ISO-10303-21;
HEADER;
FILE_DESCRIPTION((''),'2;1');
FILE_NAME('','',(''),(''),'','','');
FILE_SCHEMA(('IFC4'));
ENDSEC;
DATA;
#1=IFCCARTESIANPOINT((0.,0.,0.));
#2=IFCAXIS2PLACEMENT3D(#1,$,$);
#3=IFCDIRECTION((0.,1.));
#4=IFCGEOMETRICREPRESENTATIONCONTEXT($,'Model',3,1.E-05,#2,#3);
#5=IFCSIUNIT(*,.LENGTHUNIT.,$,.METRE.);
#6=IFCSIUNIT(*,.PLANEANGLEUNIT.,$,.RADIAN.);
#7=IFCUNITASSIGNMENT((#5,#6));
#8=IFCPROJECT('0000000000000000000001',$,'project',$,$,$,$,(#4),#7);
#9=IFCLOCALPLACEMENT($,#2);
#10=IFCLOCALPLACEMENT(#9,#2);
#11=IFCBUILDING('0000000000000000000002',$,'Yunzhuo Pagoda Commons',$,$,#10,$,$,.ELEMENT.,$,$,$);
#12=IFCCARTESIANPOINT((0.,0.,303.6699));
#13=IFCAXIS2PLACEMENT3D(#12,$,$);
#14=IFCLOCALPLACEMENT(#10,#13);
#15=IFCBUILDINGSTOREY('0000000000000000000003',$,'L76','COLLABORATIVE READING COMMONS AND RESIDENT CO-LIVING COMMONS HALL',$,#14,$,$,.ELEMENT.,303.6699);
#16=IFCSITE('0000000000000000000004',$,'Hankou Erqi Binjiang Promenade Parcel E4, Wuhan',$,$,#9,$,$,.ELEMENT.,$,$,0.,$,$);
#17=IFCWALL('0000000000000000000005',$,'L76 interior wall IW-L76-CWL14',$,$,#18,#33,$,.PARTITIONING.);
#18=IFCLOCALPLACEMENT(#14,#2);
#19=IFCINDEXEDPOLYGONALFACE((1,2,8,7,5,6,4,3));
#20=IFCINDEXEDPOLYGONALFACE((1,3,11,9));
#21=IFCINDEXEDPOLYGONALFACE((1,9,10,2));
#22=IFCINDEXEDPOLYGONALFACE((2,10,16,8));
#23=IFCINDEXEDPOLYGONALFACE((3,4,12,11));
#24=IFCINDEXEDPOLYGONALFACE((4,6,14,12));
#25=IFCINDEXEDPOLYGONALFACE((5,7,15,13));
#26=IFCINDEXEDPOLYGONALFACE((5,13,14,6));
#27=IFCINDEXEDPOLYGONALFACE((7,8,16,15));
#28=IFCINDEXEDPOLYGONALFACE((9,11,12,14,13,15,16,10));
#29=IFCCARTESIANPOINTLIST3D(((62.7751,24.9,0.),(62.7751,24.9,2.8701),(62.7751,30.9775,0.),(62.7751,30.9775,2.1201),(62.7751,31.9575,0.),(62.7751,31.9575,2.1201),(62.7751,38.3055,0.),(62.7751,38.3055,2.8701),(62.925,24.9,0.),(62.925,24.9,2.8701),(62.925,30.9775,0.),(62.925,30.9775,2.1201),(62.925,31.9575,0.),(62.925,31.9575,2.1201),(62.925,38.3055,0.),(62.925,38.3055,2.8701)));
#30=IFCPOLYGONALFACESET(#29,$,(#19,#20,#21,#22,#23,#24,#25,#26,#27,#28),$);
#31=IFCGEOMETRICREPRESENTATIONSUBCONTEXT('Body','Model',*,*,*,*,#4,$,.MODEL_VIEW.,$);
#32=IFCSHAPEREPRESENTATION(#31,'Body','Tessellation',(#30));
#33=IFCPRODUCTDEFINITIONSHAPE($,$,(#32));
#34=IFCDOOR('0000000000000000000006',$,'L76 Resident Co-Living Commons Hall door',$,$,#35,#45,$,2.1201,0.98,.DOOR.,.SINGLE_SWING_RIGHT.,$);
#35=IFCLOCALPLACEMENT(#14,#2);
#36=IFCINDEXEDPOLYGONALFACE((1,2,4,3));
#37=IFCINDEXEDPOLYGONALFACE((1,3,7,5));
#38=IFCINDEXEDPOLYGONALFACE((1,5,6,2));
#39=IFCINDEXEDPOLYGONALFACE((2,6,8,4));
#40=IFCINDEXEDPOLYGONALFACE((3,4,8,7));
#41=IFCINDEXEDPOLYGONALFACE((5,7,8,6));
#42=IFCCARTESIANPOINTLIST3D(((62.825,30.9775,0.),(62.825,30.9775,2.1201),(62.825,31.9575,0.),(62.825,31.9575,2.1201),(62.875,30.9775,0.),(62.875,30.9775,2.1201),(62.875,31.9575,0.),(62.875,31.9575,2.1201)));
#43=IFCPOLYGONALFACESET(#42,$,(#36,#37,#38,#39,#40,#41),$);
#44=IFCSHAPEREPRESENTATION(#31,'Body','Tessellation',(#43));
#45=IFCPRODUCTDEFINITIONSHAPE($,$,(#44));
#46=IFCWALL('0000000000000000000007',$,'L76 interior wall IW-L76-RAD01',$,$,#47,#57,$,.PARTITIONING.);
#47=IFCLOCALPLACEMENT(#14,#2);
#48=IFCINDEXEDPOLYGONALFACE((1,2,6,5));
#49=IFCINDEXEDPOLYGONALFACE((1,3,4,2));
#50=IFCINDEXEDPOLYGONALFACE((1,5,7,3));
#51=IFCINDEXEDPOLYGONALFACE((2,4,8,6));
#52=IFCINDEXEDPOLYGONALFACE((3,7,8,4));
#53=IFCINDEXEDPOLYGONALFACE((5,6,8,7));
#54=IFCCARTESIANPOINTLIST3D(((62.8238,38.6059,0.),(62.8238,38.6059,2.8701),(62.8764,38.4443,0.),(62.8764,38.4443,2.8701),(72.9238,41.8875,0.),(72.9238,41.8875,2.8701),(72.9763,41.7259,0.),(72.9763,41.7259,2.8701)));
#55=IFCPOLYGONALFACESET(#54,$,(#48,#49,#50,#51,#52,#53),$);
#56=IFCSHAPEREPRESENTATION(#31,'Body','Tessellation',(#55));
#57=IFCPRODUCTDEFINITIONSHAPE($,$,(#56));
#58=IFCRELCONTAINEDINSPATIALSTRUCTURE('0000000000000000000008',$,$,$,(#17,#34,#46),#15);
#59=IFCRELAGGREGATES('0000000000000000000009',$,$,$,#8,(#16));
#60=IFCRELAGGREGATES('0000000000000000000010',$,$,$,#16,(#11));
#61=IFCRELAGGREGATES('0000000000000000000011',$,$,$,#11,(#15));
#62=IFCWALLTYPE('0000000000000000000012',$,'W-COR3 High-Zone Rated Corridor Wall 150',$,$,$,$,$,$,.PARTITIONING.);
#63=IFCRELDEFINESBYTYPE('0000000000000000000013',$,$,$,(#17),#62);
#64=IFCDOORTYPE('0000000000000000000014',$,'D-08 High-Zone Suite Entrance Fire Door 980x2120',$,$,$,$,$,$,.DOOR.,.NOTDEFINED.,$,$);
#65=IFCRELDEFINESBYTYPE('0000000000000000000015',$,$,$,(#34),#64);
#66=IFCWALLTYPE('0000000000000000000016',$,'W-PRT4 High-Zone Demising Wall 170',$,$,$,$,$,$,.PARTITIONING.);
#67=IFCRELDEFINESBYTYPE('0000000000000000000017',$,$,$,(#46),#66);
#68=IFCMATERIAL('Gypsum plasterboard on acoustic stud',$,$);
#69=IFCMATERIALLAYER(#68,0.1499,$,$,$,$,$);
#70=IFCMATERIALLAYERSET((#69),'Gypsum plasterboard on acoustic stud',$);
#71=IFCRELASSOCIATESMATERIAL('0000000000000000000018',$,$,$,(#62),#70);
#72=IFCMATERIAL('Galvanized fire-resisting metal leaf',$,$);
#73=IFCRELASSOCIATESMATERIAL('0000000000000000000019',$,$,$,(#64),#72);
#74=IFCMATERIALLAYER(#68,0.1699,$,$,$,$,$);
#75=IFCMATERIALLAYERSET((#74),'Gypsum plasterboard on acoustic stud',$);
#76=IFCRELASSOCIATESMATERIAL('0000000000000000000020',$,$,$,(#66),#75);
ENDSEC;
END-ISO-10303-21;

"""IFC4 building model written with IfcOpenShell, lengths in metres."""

from ifc_helpers import new_model, si_unit, direction, frame, frame_2d, origin, origin_with_axes, place, context, subcontext, project, spatial, rectangle, extrude, source, transform, mapped, material, layer, layer_set, type_object, element, fill, save


model = new_model("IFC4")

# Units and contexts
model_context = context("Model", 3, precision=1e-05, world=origin(), true_north=direction((0.0, 1.0)))
body_context = subcontext(model_context, "Body", "Model", "MODEL_VIEW")
ifc_project = project(units=[si_unit("LENGTHUNIT", "METRE"), si_unit("PLANEANGLEUNIT", "RADIAN")], contexts=[model_context])

# Site, building, storey
site_placement = place(None, origin())
site = spatial("IfcSite", under=ifc_project, at=site_placement, Name="Hankou Erqi Binjiang Promenade Parcel E4, Wuhan", CompositionType="ELEMENT", RefElevation=0.0)
building_placement = place(site_placement, origin())
building = spatial("IfcBuilding", under=site, at=building_placement, Name="Yunzhuo Pagoda Commons", CompositionType="ELEMENT")
storey_placement = place(building_placement, frame((0.0, 0.0, 303.6699)))
storey = spatial("IfcBuildingStorey", under=building, at=storey_placement, Name="L76", Description="COLLABORATIVE READING COMMONS AND RESIDENT CO-LIVING COMMONS HALL", CompositionType="ELEMENT", Elevation=303.6699)

# Shared definitions
ifc_material_1 = material(Name="Gypsum plasterboard on acoustic stud")
ifc_layer_1 = layer(ifc_material_1, 0.1499)
ifc_layer_set_1 = layer_set([ifc_layer_1], Name="Gypsum plasterboard on acoustic stud")
wall_type_1 = type_object("IfcWallType", Name="W-COR3 High-Zone Rated Corridor Wall 150", PredefinedType="PARTITIONING", material=ifc_layer_set_1)

# Wall, opening, door
wall_1_placement = place(storey_placement, frame((62.8501, 38.3054, 0.0), z_axis=(0.0, 0.0, 1.0), x_axis=(0.0, -1.0, 0.0)))
wall_1 = element("IfcWall", 1, at=wall_1_placement, inside=storey, type_object=wall_type_1, Name="L76 interior wall IW-L76-CWL14", PredefinedType="PARTITIONING", context=body_context, shape_type="SweptSolid", body=[
    extrude(rectangle(XDim=13.4055, YDim=0.1499, at=frame_2d((6.7026, 0.0))), origin(), (0.0, 0.0, 1.0), 2.8701),
])
opening_placement = place(wall_1_placement, frame((6.3479, 0.0, 0.0)))
opening = element("IfcOpeningElement", 2, at=opening_placement, cuts=wall_1, PredefinedType="OPENING", context=body_context, shape_type="SweptSolid", body=[
    extrude(rectangle(XDim=0.98, YDim=2.1201, at=frame_2d((0.49, 1.0601))), frame((0.0, 0.085, 0.0), z_axis=(0.0, -1.0, 0.0), x_axis=(1.0, 0.0, 0.0)), (0.0, 0.0, 1.0), 0.1699),
])
ifc_material_2 = material(Name="Galvanized fire-resisting metal leaf")
door_type = type_object("IfcDoorType", Name="D-08 High-Zone Suite Entrance Fire Door 980x2120", OperationType="NOTDEFINED", PredefinedType="DOOR", material=ifc_material_2)
shared_shape_1 = source(origin(), body_context, "Body", "SweptSolid", [
    extrude(rectangle(XDim=0.98, YDim=2.1201, at=frame_2d((0.49, 1.0601))), frame((0.0, 0.0249, 0.0), z_axis=(0.0, -1.0, 0.0), x_axis=(1.0, 0.0, 0.0)), (0.0, 0.0, 1.0), 0.05),
])
door_placement = place(opening_placement, origin_with_axes())
door = element("IfcDoor", 3, at=door_placement, inside=storey, type_object=door_type, Name="L76 Resident Co-Living Commons Hall door", OperationType="SINGLE_SWING_RIGHT", OverallHeight=2.1201, OverallWidth=0.98, PredefinedType="DOOR", context=body_context, shape_type="MappedRepresentation", body=[
    mapped(shared_shape_1, transform((0.0, 0.0, 0.0), scale=1.0)),
])
fill(opening, door)

# Wall
ifc_layer_2 = layer(ifc_material_1, 0.1699)
ifc_layer_set_2 = layer_set([ifc_layer_2], Name="Gypsum plasterboard on acoustic stud")
wall_type_2 = type_object("IfcWallType", Name="W-PRT4 High-Zone Demising Wall 170", PredefinedType="PARTITIONING", material=ifc_layer_set_2)
wall_2_placement = place(storey_placement, frame((62.8501, 38.5251, 0.0), z_axis=(0.0, 0.0, 1.0), x_axis=(0.951061, 0.309004, 0.0)))
element("IfcWall", 4, at=wall_2_placement, inside=storey, type_object=wall_type_2, Name="L76 interior wall IW-L76-RAD01", PredefinedType="PARTITIONING", context=body_context, shape_type="SweptSolid", body=[
    extrude(rectangle(XDim=10.6196, YDim=0.1699, at=frame_2d((5.3098, 0.0))), origin(), (0.0, 0.0, 1.0), 2.8701),
])

save(model, "model.ifc")
